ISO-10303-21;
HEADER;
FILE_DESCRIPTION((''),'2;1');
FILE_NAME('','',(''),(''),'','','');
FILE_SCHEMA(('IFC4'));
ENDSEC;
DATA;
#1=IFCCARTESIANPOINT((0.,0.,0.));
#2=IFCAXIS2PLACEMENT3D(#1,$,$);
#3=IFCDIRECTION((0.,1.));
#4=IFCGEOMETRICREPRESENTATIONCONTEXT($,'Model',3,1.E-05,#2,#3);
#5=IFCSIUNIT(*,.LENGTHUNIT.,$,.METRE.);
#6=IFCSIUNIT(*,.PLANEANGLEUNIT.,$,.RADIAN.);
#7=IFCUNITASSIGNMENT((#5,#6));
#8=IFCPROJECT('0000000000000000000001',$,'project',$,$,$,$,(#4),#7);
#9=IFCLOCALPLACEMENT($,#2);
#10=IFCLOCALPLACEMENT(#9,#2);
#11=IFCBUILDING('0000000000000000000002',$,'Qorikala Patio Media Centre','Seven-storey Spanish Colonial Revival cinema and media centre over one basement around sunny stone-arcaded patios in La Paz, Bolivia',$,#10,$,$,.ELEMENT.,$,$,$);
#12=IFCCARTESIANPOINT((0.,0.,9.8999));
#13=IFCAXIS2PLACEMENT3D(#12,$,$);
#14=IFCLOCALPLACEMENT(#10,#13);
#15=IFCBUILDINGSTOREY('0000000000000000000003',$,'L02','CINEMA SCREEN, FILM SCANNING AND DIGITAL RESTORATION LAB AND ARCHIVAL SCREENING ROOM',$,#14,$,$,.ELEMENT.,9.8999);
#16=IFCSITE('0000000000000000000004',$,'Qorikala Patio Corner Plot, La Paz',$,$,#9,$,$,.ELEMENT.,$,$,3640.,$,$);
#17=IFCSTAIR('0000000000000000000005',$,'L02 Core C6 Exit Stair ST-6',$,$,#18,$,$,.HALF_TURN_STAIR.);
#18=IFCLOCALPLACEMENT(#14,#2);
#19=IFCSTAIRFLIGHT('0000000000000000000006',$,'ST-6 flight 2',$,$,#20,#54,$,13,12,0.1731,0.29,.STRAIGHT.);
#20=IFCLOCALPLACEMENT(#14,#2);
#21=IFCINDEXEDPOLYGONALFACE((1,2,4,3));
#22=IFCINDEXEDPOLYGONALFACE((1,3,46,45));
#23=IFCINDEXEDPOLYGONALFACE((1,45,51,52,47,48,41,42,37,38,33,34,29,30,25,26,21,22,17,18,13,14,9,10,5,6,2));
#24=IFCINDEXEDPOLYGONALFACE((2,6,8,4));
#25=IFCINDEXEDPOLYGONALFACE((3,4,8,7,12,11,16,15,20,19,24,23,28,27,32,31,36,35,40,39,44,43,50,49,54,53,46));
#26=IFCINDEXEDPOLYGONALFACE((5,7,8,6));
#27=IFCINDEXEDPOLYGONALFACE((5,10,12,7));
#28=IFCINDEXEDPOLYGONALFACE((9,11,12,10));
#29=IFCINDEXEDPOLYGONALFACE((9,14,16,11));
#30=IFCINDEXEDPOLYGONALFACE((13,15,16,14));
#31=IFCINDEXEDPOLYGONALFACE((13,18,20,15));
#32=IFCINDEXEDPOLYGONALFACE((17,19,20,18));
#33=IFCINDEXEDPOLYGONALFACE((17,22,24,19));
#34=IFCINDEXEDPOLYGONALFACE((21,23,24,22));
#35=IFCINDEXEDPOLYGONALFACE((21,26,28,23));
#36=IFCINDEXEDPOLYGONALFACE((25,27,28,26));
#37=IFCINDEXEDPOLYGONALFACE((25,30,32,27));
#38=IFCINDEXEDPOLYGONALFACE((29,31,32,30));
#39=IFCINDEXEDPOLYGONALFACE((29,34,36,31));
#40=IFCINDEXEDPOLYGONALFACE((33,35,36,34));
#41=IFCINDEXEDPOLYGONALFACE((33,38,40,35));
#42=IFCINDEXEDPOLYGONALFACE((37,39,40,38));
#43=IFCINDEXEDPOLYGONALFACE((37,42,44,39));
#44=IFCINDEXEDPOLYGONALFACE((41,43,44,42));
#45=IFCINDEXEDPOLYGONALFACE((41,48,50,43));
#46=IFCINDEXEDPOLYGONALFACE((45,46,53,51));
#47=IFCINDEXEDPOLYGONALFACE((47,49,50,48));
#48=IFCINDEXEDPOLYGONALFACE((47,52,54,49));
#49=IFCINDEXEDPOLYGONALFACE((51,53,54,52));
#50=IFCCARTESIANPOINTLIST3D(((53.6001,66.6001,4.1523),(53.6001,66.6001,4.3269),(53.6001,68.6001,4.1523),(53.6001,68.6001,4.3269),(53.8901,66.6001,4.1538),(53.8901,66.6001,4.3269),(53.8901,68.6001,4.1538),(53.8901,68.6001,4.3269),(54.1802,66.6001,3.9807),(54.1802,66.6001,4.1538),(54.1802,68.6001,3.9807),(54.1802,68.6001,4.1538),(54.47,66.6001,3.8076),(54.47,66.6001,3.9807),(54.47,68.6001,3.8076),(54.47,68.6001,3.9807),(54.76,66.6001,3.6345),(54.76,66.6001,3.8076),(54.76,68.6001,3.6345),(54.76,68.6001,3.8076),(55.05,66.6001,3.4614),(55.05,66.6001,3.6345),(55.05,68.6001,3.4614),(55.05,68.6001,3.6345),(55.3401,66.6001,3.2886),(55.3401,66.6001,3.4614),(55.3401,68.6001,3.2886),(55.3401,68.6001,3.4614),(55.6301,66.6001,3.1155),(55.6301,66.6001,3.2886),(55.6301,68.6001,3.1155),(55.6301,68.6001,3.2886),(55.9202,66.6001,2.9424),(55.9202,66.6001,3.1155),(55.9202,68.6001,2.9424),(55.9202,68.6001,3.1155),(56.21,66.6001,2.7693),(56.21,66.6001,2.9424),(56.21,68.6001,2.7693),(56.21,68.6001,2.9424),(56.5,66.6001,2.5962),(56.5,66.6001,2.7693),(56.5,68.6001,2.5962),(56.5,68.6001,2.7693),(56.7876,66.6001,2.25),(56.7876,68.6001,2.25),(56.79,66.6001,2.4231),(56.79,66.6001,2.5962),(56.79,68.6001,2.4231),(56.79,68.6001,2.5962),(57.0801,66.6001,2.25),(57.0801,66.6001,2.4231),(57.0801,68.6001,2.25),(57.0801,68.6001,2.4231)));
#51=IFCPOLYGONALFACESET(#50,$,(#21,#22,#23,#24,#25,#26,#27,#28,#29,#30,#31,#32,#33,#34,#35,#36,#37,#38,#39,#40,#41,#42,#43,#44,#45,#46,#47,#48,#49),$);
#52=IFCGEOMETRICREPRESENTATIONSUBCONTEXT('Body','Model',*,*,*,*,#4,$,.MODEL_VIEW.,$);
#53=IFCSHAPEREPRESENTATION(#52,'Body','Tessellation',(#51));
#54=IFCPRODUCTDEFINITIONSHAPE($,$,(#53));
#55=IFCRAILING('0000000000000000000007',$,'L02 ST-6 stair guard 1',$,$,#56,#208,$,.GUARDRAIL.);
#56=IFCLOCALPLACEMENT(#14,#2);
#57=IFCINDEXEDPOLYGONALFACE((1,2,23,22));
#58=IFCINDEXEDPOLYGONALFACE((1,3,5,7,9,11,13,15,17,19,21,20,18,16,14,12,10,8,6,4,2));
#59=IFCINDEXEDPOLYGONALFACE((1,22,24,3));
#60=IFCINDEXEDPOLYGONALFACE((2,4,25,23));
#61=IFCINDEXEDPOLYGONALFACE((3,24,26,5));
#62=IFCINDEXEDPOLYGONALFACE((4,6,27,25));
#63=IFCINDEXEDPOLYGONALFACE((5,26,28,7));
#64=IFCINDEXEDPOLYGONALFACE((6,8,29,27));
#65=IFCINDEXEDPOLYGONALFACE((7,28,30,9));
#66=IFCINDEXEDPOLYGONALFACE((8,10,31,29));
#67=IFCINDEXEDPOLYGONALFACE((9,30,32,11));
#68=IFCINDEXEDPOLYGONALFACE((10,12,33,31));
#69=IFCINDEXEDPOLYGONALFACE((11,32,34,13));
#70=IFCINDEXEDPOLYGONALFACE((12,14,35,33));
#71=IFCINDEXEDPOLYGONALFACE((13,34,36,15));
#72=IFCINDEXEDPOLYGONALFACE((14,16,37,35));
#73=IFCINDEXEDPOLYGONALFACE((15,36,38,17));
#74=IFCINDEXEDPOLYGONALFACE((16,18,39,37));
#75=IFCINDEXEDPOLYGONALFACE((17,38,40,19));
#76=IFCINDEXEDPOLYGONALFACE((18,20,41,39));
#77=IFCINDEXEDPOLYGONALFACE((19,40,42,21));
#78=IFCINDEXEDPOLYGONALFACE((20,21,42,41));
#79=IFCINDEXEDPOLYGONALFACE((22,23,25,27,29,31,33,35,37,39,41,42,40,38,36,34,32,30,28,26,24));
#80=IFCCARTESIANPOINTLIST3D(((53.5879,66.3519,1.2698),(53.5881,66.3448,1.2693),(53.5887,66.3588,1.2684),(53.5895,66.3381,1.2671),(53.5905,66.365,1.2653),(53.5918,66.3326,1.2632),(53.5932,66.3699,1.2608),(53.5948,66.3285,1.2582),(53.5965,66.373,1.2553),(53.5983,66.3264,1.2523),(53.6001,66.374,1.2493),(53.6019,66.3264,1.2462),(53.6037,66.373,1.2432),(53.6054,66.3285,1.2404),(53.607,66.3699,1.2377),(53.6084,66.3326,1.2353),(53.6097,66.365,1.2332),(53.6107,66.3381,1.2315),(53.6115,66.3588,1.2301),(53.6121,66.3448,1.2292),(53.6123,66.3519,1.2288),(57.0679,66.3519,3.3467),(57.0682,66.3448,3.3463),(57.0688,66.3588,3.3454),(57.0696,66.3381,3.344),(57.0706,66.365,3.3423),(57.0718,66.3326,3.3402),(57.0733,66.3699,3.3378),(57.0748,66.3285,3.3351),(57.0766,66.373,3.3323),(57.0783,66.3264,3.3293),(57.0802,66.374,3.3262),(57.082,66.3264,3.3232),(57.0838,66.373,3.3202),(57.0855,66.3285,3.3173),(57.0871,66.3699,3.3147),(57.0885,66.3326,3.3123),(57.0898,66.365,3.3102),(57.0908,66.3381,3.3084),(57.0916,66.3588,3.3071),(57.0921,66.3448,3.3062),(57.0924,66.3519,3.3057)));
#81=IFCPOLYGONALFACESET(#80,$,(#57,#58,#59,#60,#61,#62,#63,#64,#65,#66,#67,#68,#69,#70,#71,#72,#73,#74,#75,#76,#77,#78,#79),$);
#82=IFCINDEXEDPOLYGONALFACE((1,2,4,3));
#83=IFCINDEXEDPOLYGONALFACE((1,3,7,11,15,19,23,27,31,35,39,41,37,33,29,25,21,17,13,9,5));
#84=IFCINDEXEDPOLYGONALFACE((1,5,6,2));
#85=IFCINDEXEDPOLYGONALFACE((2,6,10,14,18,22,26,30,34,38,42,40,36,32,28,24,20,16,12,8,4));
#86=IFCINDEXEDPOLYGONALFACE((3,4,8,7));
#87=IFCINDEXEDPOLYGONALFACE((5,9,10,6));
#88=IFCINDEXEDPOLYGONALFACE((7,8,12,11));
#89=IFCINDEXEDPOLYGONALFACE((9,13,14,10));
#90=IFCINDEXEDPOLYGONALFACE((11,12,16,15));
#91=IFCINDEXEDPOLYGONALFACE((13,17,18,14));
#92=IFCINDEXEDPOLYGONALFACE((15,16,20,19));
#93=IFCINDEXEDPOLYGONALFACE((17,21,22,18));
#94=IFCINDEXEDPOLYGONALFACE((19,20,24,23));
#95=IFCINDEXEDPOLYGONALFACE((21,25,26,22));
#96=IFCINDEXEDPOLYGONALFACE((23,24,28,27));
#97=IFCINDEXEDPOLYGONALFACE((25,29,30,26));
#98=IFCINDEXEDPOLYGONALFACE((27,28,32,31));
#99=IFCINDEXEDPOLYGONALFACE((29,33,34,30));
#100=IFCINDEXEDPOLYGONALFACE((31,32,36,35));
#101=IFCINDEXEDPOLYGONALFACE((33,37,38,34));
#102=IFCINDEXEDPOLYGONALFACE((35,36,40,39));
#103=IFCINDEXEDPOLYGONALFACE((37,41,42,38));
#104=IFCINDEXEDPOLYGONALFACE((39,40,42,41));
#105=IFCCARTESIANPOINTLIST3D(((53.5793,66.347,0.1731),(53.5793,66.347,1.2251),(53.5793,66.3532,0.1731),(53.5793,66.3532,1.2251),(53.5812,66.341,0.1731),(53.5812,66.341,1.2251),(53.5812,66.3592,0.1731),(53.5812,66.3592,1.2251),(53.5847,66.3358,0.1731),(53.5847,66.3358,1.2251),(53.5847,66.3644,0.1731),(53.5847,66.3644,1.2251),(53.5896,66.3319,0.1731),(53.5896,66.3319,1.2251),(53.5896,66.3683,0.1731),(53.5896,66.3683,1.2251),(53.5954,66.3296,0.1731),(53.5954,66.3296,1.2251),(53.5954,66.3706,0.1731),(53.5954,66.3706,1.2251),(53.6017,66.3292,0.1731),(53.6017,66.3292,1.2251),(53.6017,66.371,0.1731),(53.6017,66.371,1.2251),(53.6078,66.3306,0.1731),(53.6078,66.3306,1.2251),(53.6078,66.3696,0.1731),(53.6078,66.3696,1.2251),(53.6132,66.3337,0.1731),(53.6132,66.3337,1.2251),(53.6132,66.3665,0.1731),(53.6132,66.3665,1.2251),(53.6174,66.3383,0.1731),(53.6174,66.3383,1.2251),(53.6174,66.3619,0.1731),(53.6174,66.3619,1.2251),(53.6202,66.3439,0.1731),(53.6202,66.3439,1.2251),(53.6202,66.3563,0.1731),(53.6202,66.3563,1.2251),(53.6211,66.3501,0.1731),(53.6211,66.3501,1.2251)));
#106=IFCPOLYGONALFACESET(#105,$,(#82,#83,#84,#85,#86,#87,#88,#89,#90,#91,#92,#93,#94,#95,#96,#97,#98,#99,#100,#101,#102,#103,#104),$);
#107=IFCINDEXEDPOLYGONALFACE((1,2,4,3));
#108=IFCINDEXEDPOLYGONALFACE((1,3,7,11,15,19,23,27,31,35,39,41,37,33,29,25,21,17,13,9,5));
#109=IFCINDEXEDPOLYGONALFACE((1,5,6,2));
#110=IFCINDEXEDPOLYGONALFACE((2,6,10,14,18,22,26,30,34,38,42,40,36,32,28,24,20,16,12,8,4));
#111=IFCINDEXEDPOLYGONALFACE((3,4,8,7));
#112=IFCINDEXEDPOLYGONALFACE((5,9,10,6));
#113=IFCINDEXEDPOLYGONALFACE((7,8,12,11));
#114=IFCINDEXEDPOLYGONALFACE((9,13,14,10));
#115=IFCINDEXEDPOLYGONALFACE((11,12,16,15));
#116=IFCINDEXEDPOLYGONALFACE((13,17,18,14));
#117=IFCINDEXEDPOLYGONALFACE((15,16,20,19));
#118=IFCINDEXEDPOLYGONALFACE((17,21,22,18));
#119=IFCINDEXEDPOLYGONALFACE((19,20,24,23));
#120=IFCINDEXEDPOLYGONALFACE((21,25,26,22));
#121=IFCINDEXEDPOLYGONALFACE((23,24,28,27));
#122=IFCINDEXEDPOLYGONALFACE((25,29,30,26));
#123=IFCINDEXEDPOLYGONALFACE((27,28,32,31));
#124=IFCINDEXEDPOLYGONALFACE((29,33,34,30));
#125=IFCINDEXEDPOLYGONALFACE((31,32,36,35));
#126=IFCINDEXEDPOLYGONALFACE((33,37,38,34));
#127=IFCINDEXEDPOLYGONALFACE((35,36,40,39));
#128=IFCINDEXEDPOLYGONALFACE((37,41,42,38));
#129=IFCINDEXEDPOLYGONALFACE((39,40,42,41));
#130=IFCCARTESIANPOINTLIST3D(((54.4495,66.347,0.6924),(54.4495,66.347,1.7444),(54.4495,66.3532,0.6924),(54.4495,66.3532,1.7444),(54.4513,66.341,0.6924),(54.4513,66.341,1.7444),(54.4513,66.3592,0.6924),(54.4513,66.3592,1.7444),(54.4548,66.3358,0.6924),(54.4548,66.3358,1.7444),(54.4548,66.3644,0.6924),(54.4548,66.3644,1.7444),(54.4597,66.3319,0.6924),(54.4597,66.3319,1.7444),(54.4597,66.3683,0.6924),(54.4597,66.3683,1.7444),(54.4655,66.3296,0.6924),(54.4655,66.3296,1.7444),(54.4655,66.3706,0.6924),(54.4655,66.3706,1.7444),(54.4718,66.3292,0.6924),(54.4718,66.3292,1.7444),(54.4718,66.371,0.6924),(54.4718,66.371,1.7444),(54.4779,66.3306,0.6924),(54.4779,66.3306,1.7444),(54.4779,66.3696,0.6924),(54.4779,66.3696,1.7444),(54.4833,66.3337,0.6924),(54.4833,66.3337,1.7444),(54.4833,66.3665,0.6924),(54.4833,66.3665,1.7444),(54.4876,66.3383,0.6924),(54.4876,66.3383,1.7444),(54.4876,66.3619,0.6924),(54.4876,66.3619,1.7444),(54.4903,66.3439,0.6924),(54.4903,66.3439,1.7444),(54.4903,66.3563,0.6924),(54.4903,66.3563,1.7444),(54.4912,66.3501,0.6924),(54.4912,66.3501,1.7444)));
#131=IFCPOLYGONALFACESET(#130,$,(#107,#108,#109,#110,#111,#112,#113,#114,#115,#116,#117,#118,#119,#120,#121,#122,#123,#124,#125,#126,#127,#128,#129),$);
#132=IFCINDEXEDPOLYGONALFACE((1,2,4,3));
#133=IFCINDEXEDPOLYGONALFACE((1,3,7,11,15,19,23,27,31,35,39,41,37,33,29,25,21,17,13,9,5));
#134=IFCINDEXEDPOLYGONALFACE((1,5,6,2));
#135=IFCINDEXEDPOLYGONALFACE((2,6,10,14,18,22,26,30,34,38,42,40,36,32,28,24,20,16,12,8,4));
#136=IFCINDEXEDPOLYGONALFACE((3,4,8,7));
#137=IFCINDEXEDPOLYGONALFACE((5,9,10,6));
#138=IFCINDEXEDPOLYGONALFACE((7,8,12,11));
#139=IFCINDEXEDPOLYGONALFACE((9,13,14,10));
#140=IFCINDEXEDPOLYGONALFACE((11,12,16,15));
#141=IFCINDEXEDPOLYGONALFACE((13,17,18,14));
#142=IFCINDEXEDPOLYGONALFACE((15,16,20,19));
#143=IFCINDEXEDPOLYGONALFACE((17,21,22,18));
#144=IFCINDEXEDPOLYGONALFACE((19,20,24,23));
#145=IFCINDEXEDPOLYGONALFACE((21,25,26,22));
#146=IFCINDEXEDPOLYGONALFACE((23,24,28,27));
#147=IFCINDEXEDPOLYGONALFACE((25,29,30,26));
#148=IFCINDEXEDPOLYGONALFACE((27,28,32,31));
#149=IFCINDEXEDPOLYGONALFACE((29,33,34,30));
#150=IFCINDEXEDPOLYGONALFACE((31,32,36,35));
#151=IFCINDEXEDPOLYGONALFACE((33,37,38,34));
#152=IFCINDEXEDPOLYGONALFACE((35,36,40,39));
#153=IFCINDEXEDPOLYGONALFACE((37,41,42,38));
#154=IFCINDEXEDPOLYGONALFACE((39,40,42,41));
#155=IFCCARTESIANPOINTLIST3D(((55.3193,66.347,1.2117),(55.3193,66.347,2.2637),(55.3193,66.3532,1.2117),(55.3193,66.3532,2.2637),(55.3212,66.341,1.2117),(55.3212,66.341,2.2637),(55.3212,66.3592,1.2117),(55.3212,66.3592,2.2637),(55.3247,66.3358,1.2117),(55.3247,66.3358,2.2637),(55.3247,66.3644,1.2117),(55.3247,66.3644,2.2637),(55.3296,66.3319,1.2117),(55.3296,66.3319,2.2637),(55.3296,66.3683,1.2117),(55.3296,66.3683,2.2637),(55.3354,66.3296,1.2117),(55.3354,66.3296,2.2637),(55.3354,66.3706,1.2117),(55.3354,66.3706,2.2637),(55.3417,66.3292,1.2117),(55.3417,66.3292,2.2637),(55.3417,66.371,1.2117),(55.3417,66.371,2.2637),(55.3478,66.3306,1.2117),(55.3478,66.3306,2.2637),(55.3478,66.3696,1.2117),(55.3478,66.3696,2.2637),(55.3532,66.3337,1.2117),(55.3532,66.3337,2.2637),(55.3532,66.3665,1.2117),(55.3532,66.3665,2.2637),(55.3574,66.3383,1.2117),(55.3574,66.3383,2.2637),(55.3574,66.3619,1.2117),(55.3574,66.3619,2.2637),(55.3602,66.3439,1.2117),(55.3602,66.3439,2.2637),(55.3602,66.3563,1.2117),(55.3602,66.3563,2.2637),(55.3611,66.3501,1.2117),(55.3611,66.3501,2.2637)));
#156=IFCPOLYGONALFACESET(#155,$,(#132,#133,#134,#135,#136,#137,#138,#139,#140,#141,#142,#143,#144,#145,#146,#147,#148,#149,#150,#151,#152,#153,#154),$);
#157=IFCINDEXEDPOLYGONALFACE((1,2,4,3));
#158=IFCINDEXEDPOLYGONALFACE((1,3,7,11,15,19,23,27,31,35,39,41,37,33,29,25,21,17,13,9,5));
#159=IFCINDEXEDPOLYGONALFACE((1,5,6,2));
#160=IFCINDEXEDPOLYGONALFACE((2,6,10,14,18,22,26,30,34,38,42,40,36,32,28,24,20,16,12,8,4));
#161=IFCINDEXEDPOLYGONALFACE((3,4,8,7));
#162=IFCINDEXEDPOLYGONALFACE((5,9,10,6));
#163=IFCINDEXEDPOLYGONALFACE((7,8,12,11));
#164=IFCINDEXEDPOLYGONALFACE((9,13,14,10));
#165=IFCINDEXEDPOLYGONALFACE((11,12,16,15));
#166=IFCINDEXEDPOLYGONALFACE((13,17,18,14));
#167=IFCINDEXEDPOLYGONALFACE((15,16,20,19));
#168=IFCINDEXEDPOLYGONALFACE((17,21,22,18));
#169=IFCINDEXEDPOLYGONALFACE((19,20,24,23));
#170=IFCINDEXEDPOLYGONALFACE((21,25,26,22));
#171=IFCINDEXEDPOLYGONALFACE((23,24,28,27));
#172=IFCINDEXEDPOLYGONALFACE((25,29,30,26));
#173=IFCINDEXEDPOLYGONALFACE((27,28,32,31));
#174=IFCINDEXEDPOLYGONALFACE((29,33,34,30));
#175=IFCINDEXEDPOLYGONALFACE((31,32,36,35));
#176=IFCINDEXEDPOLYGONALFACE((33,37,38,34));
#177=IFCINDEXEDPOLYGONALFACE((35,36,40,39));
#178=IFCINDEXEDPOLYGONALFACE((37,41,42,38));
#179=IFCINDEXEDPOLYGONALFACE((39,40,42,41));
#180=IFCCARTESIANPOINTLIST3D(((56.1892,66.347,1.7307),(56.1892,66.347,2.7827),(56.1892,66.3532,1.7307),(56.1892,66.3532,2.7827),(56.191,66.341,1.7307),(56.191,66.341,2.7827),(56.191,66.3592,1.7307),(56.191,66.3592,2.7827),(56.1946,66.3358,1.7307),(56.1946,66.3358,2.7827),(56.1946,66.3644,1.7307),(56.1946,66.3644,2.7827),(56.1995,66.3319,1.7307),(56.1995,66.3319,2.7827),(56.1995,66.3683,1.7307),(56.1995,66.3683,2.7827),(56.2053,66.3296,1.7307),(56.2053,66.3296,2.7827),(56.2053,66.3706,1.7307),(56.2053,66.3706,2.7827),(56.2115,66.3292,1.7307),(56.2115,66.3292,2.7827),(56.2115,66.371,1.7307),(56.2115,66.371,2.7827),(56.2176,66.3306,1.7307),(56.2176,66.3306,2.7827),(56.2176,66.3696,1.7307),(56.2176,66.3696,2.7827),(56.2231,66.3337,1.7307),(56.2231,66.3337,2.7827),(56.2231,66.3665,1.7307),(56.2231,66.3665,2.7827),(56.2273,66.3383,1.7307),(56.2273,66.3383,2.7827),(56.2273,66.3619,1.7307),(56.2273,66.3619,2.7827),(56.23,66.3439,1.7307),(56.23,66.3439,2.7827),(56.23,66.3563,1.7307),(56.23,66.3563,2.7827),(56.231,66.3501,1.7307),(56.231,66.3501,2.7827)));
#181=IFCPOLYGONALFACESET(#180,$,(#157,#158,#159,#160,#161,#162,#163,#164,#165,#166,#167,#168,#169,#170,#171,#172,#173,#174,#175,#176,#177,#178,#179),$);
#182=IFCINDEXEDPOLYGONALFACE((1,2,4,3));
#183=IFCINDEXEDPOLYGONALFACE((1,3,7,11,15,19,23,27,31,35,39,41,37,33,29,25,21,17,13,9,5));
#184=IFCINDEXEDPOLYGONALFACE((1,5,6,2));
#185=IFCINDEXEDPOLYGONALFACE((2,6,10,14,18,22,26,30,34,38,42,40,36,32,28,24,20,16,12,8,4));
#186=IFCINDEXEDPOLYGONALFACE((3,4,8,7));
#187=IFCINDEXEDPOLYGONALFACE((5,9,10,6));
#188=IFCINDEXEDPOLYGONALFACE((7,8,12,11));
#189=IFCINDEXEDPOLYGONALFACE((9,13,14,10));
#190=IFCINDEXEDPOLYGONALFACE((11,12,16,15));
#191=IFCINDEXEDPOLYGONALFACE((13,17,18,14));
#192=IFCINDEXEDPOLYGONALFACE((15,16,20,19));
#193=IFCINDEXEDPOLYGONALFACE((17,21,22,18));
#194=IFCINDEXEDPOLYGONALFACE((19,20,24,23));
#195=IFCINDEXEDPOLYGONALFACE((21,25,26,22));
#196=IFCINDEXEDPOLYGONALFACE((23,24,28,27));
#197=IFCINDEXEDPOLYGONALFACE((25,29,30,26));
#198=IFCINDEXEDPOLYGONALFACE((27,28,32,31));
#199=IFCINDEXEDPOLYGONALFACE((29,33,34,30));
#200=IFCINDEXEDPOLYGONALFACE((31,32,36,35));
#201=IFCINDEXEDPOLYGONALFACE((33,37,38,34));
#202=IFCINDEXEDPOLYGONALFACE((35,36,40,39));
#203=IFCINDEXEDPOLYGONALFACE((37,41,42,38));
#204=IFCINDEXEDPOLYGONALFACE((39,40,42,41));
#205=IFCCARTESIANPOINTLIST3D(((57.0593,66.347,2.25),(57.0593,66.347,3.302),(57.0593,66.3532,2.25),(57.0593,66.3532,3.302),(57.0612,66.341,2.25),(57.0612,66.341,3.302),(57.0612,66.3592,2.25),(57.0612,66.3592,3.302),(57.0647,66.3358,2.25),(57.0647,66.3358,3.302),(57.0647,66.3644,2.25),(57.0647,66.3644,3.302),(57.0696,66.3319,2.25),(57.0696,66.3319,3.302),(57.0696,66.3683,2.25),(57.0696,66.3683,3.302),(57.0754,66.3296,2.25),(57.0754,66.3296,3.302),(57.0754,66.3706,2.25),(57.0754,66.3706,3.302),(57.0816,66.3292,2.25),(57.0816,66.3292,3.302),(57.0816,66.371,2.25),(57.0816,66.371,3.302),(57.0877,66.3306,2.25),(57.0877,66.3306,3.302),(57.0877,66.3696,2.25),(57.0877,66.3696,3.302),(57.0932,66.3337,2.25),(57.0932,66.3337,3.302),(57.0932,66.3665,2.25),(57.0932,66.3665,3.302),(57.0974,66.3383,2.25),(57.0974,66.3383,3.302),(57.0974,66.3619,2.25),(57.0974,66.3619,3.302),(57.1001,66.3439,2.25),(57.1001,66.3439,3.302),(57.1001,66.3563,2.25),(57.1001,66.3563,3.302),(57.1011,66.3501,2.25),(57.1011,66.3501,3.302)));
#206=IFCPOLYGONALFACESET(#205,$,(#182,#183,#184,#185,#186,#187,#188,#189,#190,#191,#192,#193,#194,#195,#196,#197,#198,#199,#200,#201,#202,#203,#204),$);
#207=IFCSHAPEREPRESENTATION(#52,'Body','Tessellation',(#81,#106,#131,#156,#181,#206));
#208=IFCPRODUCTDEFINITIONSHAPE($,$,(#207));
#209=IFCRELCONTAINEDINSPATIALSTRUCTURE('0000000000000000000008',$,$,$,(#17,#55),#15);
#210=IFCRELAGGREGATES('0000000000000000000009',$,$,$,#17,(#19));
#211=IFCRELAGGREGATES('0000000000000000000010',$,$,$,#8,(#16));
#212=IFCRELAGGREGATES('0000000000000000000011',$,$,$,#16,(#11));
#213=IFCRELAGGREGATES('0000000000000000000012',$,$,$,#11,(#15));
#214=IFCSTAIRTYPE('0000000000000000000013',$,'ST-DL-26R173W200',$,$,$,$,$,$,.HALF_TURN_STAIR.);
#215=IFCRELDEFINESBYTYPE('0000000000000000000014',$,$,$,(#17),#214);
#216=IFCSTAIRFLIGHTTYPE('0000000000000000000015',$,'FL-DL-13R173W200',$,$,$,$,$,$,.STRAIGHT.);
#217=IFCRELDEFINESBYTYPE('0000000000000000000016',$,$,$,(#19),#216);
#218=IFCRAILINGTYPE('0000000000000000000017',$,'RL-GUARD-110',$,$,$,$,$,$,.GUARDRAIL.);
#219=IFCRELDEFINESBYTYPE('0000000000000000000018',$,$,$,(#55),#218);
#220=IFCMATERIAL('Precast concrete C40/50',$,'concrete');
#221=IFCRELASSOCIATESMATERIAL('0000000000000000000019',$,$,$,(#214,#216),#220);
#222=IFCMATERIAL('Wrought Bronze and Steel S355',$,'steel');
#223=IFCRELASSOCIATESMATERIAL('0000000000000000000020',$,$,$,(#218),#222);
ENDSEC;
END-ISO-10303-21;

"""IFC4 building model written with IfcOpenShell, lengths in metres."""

from ifc_helpers import new_model, si_unit, direction, frame, origin, origin_2d, place, context, subcontext, project, spatial, polyline, circle, outline, extrude, material, type_object, element, aggregate, save


model = new_model("IFC4")

# Units and contexts
model_context = context("Model", 3, precision=1e-05, world=origin(), true_north=direction((0.0, 1.0)))
body_context = subcontext(model_context, "Body", "Model", "MODEL_VIEW")
ifc_project = project(units=[si_unit("LENGTHUNIT", "METRE"), si_unit("PLANEANGLEUNIT", "RADIAN")], contexts=[model_context])

# Site, building, storey
site_placement = place(None, origin())
site = spatial("IfcSite", under=ifc_project, at=site_placement, Name="Qorikala Patio Corner Plot, La Paz", CompositionType="ELEMENT", RefElevation=3640.0)
building_placement = place(site_placement, origin())
building = spatial("IfcBuilding", under=site, at=building_placement, Name="Qorikala Patio Media Centre", Description="Seven-storey Spanish Colonial Revival cinema and media centre over one basement around sunny stone-arcaded patios in La Paz, Bolivia", CompositionType="ELEMENT")
storey_placement = place(building_placement, frame((0.0, 0.0, 9.8999)))
storey = spatial("IfcBuildingStorey", under=building, at=storey_placement, Name="L02", Description="CINEMA SCREEN, FILM SCANNING AND DIGITAL RESTORATION LAB AND ARCHIVAL SCREENING ROOM", CompositionType="ELEMENT", Elevation=9.8999)

# Stair, stair flight
ifc_material_1 = material(Name="Precast concrete C40/50", Category="concrete")
stair_type = type_object("IfcStairType", Name="ST-DL-26R173W200", PredefinedType="HALF_TURN_STAIR", material=ifc_material_1)
stair_placement = place(storey_placement, origin())
stair = element("IfcStair", 1, at=stair_placement, inside=storey, type_object=stair_type, Name="L02 Core C6 Exit Stair ST-6", PredefinedType="HALF_TURN_STAIR")
stair_flight_type = type_object("IfcStairFlightType", Name="FL-DL-13R173W200", PredefinedType="STRAIGHT", material=ifc_material_1)
stair_flight_1_placement = place(storey_placement, frame((57.0801, 67.6001, 2.25), z_axis=(0.0, 0.0, 1.0), x_axis=(-1.0, 0.0, 0.0)))
stair_flight_1 = element("IfcStairFlight", 2, at=stair_flight_1_placement, type_object=stair_flight_type, Name="ST-6 flight 2", NumberOfRisers=13, NumberOfTreads=12, PredefinedType="STRAIGHT", RiserHeight=0.1731, TreadLength=0.29, context=body_context, shape_type="SweptSolid", body=[
    extrude(outline(polyline([(0.0, 0.0), (0.0, 0.1731), (0.29, 0.1731), (0.29, 0.3462), (0.5801, 0.3462), (0.5801, 0.5193), (0.8701, 0.5193), (0.8701, 0.6924), (1.1599, 0.6924), (1.1599, 0.8655), (1.45, 0.8655), (1.45, 1.0386), (1.74, 1.0386), (1.74, 1.2114), (2.03, 1.2114), (2.03, 1.3845), (2.3201, 1.3845), (2.3201, 1.5576), (2.6101, 1.5576), (2.6101, 1.7307), (2.8999, 1.7307), (2.8999, 1.9038), (3.1899, 1.9038), (3.1899, 2.0769), (3.48, 2.0769), (3.48, 2.25), (3.48, 1.9023), (0.2925, 0.0), (0.0, 0.0)])), frame((0.0, 1.0, 0.0), z_axis=(0.0, -1.0, 0.0), x_axis=(1.0, 0.0, 0.0)), (0.0, 0.0, 1.0), 2.0),
])
aggregate(stair, [stair_flight_1])

# Railing
ifc_material_2 = material(Name="Wrought Bronze and Steel S355", Category="steel")
railing_type_1 = type_object("IfcRailingType", Name="RL-GUARD-110", PredefinedType="GUARDRAIL", material=ifc_material_2)
railing_1_placement = place(storey_placement, frame((53.6001, 66.3501, 0.1731)))
element("IfcRailing", 3, at=railing_1_placement, inside=storey, type_object=railing_type_1, Name="L02 ST-6 stair guard 1", PredefinedType="GUARDRAIL", context=body_context, shape_type="SweptSolid", body=[
    extrude(circle(Radius=0.0239, at=origin_2d()), frame((0.0, 0.0, 1.0762), z_axis=(0.858697, 0.0, 0.512483), x_axis=(0.0, 1.0, 0.0)), (0.0, 0.0, 1.0), 4.0527),
    extrude(circle(Radius=0.021, at=origin_2d()), origin(), (0.0, 0.0, 1.0), 1.052),
    extrude(circle(Radius=0.021, at=origin_2d()), frame((0.8701, 0.0, 0.5193)), (0.0, 0.0, 1.0), 1.052),
    extrude(circle(Radius=0.021, at=origin_2d()), frame((1.74, 0.0, 1.0386)), (0.0, 0.0, 1.0), 1.052),
    extrude(circle(Radius=0.021, at=origin_2d()), frame((2.6099, 0.0, 1.5576)), (0.0, 0.0, 1.0), 1.052),
    extrude(circle(Radius=0.021, at=origin_2d()), frame((3.48, 0.0, 2.0769)), (0.0, 0.0, 1.0), 1.052),
])

save(model, "model.ifc")
